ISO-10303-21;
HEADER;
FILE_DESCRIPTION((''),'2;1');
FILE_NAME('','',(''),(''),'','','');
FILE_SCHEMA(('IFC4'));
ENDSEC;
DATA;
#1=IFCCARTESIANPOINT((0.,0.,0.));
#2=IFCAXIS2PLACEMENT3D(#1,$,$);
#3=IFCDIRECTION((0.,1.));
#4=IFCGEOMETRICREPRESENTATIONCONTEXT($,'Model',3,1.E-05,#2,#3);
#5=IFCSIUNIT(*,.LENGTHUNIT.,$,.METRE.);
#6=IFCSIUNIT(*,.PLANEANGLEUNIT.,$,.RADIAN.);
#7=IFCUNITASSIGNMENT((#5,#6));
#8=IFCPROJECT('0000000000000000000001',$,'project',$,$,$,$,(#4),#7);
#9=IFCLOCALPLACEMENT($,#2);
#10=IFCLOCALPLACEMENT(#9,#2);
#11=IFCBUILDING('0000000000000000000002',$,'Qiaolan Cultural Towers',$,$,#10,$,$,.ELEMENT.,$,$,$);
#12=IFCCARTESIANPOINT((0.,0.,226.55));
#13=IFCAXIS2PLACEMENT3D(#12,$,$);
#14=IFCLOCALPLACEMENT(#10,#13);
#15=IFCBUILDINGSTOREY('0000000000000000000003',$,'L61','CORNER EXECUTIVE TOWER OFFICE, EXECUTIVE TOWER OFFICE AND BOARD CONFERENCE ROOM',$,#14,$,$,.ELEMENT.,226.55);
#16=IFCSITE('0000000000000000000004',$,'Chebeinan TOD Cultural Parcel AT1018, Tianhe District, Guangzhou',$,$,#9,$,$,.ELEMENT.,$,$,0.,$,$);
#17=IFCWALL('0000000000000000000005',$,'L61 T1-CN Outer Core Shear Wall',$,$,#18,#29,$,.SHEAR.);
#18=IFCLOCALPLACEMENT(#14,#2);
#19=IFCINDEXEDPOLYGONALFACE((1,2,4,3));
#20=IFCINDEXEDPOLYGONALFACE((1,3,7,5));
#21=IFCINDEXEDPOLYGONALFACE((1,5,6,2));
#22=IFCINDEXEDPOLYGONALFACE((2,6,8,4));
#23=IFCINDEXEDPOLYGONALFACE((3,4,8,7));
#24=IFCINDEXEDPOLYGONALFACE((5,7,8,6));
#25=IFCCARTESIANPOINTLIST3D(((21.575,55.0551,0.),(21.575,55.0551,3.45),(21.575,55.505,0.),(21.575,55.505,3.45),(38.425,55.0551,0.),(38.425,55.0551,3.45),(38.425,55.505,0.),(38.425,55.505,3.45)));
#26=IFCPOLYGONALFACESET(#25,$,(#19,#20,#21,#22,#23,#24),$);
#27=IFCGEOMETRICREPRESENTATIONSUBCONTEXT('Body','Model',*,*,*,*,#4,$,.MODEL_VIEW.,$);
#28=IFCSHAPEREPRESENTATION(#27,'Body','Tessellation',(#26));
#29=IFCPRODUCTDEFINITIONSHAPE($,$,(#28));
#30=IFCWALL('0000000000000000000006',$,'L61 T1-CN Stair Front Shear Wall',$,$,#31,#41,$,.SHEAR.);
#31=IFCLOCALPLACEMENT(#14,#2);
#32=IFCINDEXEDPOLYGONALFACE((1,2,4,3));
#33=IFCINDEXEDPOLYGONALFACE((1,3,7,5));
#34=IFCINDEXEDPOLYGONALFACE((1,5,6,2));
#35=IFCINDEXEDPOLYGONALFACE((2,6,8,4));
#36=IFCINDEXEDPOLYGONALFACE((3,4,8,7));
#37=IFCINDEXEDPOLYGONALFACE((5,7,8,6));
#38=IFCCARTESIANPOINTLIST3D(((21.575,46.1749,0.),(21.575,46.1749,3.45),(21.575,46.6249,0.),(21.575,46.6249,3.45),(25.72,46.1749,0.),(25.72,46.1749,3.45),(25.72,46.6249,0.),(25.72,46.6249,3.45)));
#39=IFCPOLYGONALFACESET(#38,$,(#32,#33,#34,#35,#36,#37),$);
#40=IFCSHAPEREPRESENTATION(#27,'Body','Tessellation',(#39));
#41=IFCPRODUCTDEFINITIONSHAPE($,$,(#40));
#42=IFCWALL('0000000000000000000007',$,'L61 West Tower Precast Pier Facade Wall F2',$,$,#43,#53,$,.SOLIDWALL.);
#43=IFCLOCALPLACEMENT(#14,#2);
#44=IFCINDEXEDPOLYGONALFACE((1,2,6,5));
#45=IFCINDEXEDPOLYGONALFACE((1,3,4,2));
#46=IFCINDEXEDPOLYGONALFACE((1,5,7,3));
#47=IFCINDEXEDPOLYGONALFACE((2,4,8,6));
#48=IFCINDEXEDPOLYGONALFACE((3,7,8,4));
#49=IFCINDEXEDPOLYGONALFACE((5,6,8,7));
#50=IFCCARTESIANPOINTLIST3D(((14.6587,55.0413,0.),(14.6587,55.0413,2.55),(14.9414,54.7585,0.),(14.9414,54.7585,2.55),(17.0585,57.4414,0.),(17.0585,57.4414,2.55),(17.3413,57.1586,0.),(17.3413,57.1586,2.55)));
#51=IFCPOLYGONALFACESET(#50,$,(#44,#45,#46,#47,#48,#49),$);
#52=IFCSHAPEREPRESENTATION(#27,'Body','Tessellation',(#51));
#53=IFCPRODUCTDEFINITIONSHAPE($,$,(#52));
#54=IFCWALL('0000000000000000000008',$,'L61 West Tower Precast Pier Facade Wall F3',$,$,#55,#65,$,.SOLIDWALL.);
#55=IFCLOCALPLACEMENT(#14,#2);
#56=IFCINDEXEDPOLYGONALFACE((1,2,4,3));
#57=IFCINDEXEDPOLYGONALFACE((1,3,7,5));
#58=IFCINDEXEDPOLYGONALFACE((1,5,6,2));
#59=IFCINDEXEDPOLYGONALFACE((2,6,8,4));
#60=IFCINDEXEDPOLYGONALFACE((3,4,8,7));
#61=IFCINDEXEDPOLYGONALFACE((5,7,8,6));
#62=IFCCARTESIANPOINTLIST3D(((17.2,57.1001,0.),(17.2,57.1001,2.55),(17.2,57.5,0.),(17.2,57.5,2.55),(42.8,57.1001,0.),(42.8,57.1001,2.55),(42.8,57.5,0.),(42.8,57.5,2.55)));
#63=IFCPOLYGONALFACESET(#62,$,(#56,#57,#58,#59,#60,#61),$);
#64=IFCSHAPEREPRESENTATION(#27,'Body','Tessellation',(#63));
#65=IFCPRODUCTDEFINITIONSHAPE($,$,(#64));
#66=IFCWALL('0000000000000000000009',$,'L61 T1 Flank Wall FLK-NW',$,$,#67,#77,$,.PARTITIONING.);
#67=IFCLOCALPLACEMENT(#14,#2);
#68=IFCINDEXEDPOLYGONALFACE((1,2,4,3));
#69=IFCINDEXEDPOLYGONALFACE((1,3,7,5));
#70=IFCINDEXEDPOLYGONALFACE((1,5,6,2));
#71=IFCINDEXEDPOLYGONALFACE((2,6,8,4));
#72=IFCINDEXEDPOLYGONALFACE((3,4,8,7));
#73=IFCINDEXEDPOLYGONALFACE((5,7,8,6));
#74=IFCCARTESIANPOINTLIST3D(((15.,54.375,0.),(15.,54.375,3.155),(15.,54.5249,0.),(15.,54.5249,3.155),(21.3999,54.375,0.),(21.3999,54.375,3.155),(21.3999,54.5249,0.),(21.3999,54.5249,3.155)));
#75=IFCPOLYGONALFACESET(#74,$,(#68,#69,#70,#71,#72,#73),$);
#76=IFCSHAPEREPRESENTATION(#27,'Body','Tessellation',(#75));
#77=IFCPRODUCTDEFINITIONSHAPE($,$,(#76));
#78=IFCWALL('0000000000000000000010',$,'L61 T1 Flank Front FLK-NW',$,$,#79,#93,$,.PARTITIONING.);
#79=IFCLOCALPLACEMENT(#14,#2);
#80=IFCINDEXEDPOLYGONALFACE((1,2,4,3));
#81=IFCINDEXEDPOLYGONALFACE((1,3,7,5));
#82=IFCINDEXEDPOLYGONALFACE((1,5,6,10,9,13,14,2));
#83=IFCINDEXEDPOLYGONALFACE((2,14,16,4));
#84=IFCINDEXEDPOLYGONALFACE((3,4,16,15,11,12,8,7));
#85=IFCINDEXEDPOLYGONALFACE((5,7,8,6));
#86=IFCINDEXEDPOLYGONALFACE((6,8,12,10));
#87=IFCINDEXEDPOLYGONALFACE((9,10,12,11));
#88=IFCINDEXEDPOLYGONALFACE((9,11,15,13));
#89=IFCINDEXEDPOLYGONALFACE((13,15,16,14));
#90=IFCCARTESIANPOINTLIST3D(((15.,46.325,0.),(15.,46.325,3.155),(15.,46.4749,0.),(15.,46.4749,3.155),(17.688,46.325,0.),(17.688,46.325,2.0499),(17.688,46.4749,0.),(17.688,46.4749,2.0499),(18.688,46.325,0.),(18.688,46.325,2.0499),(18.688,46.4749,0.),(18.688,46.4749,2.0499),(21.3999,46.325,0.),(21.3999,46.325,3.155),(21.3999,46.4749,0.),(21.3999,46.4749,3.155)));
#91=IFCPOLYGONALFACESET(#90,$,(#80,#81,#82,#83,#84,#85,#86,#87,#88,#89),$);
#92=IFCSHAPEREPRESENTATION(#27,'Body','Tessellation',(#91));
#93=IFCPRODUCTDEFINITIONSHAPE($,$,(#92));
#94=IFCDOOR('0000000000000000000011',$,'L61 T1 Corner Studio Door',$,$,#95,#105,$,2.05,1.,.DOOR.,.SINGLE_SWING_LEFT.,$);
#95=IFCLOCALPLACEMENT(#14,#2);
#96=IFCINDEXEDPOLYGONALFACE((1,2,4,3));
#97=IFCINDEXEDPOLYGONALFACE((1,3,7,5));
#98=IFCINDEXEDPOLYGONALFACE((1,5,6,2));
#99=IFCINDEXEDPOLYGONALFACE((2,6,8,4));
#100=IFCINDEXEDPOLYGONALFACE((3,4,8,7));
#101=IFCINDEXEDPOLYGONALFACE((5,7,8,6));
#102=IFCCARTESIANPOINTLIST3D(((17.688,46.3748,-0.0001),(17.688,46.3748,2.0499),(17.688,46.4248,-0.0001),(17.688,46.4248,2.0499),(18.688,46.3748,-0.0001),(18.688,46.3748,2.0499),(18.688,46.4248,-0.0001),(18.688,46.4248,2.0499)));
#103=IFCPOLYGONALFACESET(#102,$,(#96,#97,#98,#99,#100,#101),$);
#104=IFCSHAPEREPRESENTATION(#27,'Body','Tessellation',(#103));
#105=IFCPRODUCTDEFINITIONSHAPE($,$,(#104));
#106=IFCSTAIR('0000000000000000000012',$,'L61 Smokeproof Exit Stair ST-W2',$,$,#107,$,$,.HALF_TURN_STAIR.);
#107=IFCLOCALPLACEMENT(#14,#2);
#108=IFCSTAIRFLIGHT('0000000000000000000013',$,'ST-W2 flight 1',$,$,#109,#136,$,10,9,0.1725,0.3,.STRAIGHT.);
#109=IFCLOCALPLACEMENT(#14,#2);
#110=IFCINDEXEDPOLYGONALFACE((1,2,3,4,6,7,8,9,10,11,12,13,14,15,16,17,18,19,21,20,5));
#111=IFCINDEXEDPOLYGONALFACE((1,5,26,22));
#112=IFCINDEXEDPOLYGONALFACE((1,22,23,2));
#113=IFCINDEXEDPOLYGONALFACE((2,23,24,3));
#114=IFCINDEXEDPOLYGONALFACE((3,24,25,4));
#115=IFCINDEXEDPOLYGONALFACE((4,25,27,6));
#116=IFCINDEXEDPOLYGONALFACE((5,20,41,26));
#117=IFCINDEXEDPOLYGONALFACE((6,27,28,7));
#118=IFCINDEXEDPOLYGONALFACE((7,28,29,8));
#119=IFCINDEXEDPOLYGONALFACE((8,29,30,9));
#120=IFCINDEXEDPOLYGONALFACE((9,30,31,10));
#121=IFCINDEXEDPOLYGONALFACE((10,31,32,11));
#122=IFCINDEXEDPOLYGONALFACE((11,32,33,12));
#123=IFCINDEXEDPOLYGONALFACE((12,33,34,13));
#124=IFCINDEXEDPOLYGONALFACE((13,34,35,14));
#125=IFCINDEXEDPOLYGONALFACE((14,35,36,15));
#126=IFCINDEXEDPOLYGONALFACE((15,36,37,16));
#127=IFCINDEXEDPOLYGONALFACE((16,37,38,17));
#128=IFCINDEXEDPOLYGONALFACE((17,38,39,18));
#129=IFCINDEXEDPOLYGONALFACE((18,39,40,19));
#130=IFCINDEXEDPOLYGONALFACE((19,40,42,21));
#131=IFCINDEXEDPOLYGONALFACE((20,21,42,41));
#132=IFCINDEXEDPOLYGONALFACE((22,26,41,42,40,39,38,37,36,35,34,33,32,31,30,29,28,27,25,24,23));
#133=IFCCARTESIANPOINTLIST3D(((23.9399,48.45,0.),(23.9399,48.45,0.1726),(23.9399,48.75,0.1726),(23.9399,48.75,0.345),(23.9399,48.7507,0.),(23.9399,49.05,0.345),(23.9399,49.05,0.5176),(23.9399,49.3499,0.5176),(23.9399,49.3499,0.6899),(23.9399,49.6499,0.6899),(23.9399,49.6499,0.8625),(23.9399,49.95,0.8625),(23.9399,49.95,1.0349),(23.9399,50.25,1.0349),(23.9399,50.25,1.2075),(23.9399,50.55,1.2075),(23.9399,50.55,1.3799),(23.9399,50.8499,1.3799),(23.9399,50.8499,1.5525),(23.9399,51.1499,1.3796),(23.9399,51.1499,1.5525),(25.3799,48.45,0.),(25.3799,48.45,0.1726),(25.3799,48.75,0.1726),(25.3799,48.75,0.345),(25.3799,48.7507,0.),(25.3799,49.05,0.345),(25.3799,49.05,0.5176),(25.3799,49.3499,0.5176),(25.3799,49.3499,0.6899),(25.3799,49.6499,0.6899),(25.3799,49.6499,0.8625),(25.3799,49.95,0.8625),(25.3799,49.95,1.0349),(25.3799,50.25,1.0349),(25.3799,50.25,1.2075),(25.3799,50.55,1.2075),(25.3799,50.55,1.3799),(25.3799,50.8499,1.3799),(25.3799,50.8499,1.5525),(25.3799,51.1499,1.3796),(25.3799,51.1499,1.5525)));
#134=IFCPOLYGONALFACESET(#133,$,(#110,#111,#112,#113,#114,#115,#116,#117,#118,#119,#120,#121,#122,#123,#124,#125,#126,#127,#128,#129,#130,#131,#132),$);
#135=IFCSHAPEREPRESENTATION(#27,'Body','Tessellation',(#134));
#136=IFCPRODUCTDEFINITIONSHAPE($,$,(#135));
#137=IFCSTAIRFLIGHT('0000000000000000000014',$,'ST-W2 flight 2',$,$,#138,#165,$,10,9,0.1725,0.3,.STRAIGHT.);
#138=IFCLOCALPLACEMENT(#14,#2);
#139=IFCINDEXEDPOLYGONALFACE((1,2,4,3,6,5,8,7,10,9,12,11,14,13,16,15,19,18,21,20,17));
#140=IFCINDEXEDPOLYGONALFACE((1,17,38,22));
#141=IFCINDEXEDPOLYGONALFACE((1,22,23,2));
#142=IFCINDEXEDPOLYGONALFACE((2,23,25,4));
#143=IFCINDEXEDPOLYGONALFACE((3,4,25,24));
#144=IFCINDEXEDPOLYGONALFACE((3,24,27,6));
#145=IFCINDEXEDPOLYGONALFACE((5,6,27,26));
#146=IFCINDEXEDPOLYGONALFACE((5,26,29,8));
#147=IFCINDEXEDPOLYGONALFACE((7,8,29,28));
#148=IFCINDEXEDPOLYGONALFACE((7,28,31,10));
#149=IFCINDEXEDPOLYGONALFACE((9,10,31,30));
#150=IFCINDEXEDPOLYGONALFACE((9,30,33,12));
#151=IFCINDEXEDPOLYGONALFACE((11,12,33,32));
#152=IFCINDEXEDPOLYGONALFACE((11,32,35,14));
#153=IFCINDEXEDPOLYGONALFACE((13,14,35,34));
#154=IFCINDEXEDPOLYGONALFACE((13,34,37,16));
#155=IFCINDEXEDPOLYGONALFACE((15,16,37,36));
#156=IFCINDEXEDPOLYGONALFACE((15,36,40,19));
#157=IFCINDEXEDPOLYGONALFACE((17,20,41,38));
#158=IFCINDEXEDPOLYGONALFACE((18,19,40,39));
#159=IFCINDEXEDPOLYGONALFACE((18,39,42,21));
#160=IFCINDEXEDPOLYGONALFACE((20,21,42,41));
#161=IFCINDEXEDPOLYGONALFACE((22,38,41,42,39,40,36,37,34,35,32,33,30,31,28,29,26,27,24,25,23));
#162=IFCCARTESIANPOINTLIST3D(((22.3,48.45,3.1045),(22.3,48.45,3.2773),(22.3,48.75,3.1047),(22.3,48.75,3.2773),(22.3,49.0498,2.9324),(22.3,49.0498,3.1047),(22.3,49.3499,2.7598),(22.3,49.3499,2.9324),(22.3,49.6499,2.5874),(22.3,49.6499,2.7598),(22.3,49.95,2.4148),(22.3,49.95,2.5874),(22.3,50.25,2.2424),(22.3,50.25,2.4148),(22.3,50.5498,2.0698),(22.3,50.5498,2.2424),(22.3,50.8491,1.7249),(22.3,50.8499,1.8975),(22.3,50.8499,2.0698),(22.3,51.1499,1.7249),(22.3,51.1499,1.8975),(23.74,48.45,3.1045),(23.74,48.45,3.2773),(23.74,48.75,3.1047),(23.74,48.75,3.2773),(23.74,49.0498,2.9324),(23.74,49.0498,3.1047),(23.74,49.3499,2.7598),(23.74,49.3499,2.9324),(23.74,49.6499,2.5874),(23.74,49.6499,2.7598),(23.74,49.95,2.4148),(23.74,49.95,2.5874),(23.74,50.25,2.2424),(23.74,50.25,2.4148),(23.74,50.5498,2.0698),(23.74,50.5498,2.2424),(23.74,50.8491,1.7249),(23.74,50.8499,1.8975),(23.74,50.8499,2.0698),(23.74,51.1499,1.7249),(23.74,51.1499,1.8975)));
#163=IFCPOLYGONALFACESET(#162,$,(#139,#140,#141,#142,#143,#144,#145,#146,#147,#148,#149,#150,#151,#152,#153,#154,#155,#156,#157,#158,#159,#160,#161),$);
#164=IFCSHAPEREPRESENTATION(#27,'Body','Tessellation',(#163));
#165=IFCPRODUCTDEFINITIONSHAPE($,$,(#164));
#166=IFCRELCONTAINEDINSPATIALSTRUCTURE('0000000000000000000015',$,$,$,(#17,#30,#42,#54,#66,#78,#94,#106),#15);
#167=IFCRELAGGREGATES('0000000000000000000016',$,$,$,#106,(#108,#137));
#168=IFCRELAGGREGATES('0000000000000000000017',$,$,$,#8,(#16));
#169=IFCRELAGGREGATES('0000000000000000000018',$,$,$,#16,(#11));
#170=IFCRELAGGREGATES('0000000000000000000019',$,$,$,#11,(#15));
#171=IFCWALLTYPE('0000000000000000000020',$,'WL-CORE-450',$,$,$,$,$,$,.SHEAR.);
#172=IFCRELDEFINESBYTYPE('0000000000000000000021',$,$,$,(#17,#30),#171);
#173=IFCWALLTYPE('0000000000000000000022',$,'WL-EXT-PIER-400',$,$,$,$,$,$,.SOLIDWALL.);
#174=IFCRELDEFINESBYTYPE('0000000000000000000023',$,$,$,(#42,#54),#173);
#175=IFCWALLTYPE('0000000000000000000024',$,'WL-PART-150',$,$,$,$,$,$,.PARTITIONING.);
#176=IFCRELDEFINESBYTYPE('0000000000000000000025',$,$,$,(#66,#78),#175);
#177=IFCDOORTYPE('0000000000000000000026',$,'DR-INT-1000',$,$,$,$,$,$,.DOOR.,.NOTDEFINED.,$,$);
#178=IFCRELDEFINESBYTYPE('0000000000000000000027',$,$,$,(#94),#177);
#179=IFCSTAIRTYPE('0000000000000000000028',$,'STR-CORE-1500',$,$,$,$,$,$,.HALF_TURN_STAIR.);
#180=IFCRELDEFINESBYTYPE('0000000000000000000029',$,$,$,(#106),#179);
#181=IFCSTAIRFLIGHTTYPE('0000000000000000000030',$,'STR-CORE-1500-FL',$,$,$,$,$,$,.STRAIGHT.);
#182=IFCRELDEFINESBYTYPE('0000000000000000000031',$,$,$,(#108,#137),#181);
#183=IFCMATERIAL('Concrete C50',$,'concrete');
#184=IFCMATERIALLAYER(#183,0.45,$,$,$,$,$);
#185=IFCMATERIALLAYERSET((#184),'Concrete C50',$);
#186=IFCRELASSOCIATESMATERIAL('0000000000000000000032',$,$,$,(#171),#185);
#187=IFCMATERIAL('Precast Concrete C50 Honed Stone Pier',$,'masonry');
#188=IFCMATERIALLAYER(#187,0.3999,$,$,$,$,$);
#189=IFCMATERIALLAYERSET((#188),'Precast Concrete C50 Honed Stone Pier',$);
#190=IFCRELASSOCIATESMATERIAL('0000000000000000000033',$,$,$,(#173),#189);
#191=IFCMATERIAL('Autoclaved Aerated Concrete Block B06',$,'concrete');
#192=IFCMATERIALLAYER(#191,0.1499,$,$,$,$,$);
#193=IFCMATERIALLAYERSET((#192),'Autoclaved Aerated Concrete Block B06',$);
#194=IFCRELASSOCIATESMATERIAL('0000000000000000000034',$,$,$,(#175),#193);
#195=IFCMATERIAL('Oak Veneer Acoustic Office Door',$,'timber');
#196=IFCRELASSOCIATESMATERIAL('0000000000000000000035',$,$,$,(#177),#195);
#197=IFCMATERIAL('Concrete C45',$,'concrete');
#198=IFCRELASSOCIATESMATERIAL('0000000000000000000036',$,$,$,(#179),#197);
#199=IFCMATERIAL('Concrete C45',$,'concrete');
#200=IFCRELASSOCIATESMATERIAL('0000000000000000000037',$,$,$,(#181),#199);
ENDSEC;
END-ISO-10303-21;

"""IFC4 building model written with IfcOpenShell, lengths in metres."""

from ifc_helpers import new_model, si_unit, direction, frame, frame_2d, origin, place, context, subcontext, project, spatial, polyline, rectangle, outline, extrude, material, layer, layer_set, type_object, element, fill, aggregate, save


model = new_model("IFC4")

# Units and contexts
model_context = context("Model", 3, precision=1e-05, world=origin(), true_north=direction((0.0, 1.0)))
body_context = subcontext(model_context, "Body", "Model", "MODEL_VIEW")
ifc_project = project(units=[si_unit("LENGTHUNIT", "METRE"), si_unit("PLANEANGLEUNIT", "RADIAN")], contexts=[model_context])

# Site, building, storey
site_placement = place(None, origin())
site = spatial("IfcSite", under=ifc_project, at=site_placement, Name="Chebeinan TOD Cultural Parcel AT1018, Tianhe District, Guangzhou", CompositionType="ELEMENT", RefElevation=0.0)
building_placement = place(site_placement, origin())
building = spatial("IfcBuilding", under=site, at=building_placement, Name="Qiaolan Cultural Towers", CompositionType="ELEMENT")
storey_placement = place(building_placement, frame((0.0, 0.0, 226.55)))
storey = spatial("IfcBuildingStorey", under=building, at=storey_placement, Name="L61", Description="CORNER EXECUTIVE TOWER OFFICE, EXECUTIVE TOWER OFFICE AND BOARD CONFERENCE ROOM", CompositionType="ELEMENT", Elevation=226.55)

# Walls
ifc_material_1 = material(Name="Concrete C50", Category="concrete")
ifc_layer_1 = layer(ifc_material_1, 0.45)
ifc_layer_set_1 = layer_set([ifc_layer_1], Name="Concrete C50")
wall_type_1 = type_object("IfcWallType", Name="WL-CORE-450", PredefinedType="SHEAR", material=ifc_layer_set_1)
wall_1_placement = place(storey_placement, frame((21.575, 55.28, 0.0), z_axis=(0.0, 0.0, 1.0), x_axis=(1.0, 0.0, 0.0)))
element("IfcWall", 1, at=wall_1_placement, inside=storey, type_object=wall_type_1, Name="L61 T1-CN Outer Core Shear Wall", PredefinedType="SHEAR", context=body_context, shape_type="SweptSolid", body=[
    extrude(rectangle(XDim=16.8501, YDim=0.45, at=frame_2d((8.425, 0.0))), origin(), (0.0, 0.0, 1.0), 3.45),
])
wall_2_placement = place(storey_placement, frame((21.575, 46.3999, 0.0), z_axis=(0.0, 0.0, 1.0), x_axis=(1.0, 0.0, 0.0)))
element("IfcWall", 2, at=wall_2_placement, inside=storey, type_object=wall_type_1, Name="L61 T1-CN Stair Front Shear Wall", PredefinedType="SHEAR", context=body_context, shape_type="SweptSolid", body=[
    extrude(rectangle(XDim=4.145, YDim=0.45, at=frame_2d((2.0725, 0.0))), origin(), (0.0, 0.0, 1.0), 3.45),
])
ifc_material_2 = material(Name="Precast Concrete C50 Honed Stone Pier", Category="masonry")
ifc_layer_2 = layer(ifc_material_2, 0.3999)
ifc_layer_set_2 = layer_set([ifc_layer_2], Name="Precast Concrete C50 Honed Stone Pier")
wall_type_2 = type_object("IfcWallType", Name="WL-EXT-PIER-400", PredefinedType="SOLIDWALL", material=ifc_layer_set_2)
wall_3_placement = place(storey_placement, frame((14.8, 54.8999, 0.0), z_axis=(0.0, 0.0, 1.0), x_axis=(0.707071, 0.707143, 0.0)))
element("IfcWall", 3, at=wall_3_placement, inside=storey, type_object=wall_type_2, Name="L61 West Tower Precast Pier Facade Wall F2", PredefinedType="SOLIDWALL", context=body_context, shape_type="SweptSolid", body=[
    extrude(rectangle(XDim=3.394, YDim=0.3999, at=frame_2d((1.697, 0.0))), origin(), (0.0, 0.0, 1.0), 2.55),
])
wall_4_placement = place(storey_placement, frame((17.2, 57.3, 0.0), z_axis=(0.0, 0.0, 1.0), x_axis=(1.0, 0.0, 0.0)))
element("IfcWall", 4, at=wall_4_placement, inside=storey, type_object=wall_type_2, Name="L61 West Tower Precast Pier Facade Wall F3", PredefinedType="SOLIDWALL", context=body_context, shape_type="SweptSolid", body=[
    extrude(rectangle(XDim=25.6001, YDim=0.3999, at=frame_2d((12.8, 0.0))), origin(), (0.0, 0.0, 1.0), 2.55),
])
ifc_material_3 = material(Name="Autoclaved Aerated Concrete Block B06", Category="concrete")
ifc_layer_3 = layer(ifc_material_3, 0.1499)
ifc_layer_set_3 = layer_set([ifc_layer_3], Name="Autoclaved Aerated Concrete Block B06")
wall_type_3 = type_object("IfcWallType", Name="WL-PART-150", PredefinedType="PARTITIONING", material=ifc_layer_set_3)
wall_5_placement = place(storey_placement, frame((15.0, 54.45, 0.0), z_axis=(0.0, 0.0, 1.0), x_axis=(1.0, 0.0, 0.0)))
element("IfcWall", 5, at=wall_5_placement, inside=storey, type_object=wall_type_3, Name="L61 T1 Flank Wall FLK-NW", PredefinedType="PARTITIONING", context=body_context, shape_type="SweptSolid", body=[
    extrude(rectangle(XDim=6.3999, YDim=0.1499, at=frame_2d((3.2, 0.0))), origin(), (0.0, 0.0, 1.0), 3.155),
])

# Wall, opening, door
wall_6_placement = place(storey_placement, frame((15.0, 46.3999, 0.0), z_axis=(0.0, 0.0, 1.0), x_axis=(1.0, 0.0, 0.0)))
wall_6 = element("IfcWall", 6, at=wall_6_placement, inside=storey, type_object=wall_type_3, Name="L61 T1 Flank Front FLK-NW", PredefinedType="PARTITIONING", context=body_context, shape_type="SweptSolid", body=[
    extrude(rectangle(XDim=6.3999, YDim=0.1499, at=frame_2d((3.2, 0.0))), origin(), (0.0, 0.0, 1.0), 3.155),
])
opening_placement = place(wall_6_placement, frame((2.688, 0.0, 0.0)))
opening = element("IfcOpeningElement", 7, at=opening_placement, cuts=wall_6, PredefinedType="OPENING", context=body_context, shape_type="SweptSolid", body=[
    extrude(rectangle(XDim=1.0, YDim=2.05, at=frame_2d((0.5, 1.0249))), frame((0.0, 0.085, 0.0), z_axis=(0.0, -1.0, 0.0), x_axis=(1.0, 0.0, 0.0)), (0.0, 0.0, 1.0), 0.1699),
])
ifc_material_4 = material(Name="Oak Veneer Acoustic Office Door", Category="timber")
door_type = type_object("IfcDoorType", Name="DR-INT-1000", OperationType="NOTDEFINED", PredefinedType="DOOR", material=ifc_material_4)
door_placement = place(opening_placement, origin())
door = element("IfcDoor", 8, at=door_placement, inside=storey, type_object=door_type, Name="L61 T1 Corner Studio Door", OperationType="SINGLE_SWING_LEFT", OverallHeight=2.05, OverallWidth=1.0, PredefinedType="DOOR", context=body_context, shape_type="SweptSolid", body=[
    extrude(rectangle(XDim=1.0, YDim=2.05, at=frame_2d((0.5, 1.0249))), frame((0.0, 0.0249, 0.0), z_axis=(0.0, -1.0, 0.0), x_axis=(1.0, 0.0, 0.0)), (0.0, 0.0, 1.0), 0.05),
])
fill(opening, door)

# Stair, stair flights
ifc_material_5 = material(Name="Concrete C45", Category="concrete")
stair_type = type_object("IfcStairType", Name="STR-CORE-1500", PredefinedType="HALF_TURN_STAIR", material=ifc_material_5)
stair_placement = place(storey_placement, origin())
stair = element("IfcStair", 9, at=stair_placement, inside=storey, type_object=stair_type, Name="L61 Smokeproof Exit Stair ST-W2", PredefinedType="HALF_TURN_STAIR")
ifc_material_6 = material(Name="Concrete C45", Category="concrete")
stair_flight_type = type_object("IfcStairFlightType", Name="STR-CORE-1500-FL", PredefinedType="STRAIGHT", material=ifc_material_6)
stair_flight_1_placement = place(storey_placement, frame((24.6599, 48.45, 0.0), z_axis=(0.0, 0.0, 1.0), x_axis=(0.0, 1.0, 0.0)))
stair_flight_1 = element("IfcStairFlight", 10, at=stair_flight_1_placement, type_object=stair_flight_type, Name="ST-W2 flight 1", NumberOfRisers=10, NumberOfTreads=9, PredefinedType="STRAIGHT", RiserHeight=0.1725, TreadLength=0.3, context=body_context, shape_type="SweptSolid", body=[
    extrude(outline(polyline([(0.0, 0.0), (0.0, 0.1726), (0.3, 0.1726), (0.3, 0.345), (0.6001, 0.345), (0.6001, 0.5176), (0.8999, 0.5176), (0.8999, 0.6899), (1.2, 0.6899), (1.2, 0.8625), (1.5, 0.8625), (1.5, 1.0349), (1.8, 1.0349), (1.8, 1.2075), (2.1001, 1.2075), (2.1001, 1.3799), (2.3999, 1.3799), (2.3999, 1.5525), (2.7, 1.5525), (2.7, 1.7251), (2.7, 1.3796), (0.3008, 0.0), (0.0, 0.0)])), frame((0.0, 0.72, 0.0), z_axis=(0.0, -1.0, 0.0), x_axis=(1.0, 0.0, 0.0)), (0.0, 0.0, 1.0), 1.4399),
])
stair_flight_2_placement = place(storey_placement, frame((23.02, 51.1499, 1.7249), z_axis=(0.0, 0.0, 1.0), x_axis=(0.0, -1.0, 0.0)))
stair_flight_2 = element("IfcStairFlight", 11, at=stair_flight_2_placement, type_object=stair_flight_type, Name="ST-W2 flight 2", NumberOfRisers=10, NumberOfTreads=9, PredefinedType="STRAIGHT", RiserHeight=0.1725, TreadLength=0.3, context=body_context, shape_type="SweptSolid", body=[
    extrude(outline(polyline([(0.0, 0.0), (0.0, 0.1726), (0.3, 0.1726), (0.3, 0.345), (0.6001, 0.345), (0.6001, 0.5176), (0.8999, 0.5176), (0.8999, 0.6899), (1.2, 0.6899), (1.2, 0.8625), (1.5, 0.8625), (1.5, 1.0349), (1.8, 1.0349), (1.8, 1.2075), (2.1001, 1.2075), (2.1001, 1.3799), (2.3999, 1.3799), (2.3999, 1.5525), (2.7, 1.5525), (2.7, 1.7251), (2.7, 1.3796), (0.3008, 0.0), (0.0, 0.0)])), frame((0.0, 0.72, 0.0), z_axis=(0.0, -1.0, 0.0), x_axis=(1.0, 0.0, 0.0)), (0.0, 0.0, 1.0), 1.4399),
])
aggregate(stair, [stair_flight_1, stair_flight_2])

save(model, "model.ifc")
